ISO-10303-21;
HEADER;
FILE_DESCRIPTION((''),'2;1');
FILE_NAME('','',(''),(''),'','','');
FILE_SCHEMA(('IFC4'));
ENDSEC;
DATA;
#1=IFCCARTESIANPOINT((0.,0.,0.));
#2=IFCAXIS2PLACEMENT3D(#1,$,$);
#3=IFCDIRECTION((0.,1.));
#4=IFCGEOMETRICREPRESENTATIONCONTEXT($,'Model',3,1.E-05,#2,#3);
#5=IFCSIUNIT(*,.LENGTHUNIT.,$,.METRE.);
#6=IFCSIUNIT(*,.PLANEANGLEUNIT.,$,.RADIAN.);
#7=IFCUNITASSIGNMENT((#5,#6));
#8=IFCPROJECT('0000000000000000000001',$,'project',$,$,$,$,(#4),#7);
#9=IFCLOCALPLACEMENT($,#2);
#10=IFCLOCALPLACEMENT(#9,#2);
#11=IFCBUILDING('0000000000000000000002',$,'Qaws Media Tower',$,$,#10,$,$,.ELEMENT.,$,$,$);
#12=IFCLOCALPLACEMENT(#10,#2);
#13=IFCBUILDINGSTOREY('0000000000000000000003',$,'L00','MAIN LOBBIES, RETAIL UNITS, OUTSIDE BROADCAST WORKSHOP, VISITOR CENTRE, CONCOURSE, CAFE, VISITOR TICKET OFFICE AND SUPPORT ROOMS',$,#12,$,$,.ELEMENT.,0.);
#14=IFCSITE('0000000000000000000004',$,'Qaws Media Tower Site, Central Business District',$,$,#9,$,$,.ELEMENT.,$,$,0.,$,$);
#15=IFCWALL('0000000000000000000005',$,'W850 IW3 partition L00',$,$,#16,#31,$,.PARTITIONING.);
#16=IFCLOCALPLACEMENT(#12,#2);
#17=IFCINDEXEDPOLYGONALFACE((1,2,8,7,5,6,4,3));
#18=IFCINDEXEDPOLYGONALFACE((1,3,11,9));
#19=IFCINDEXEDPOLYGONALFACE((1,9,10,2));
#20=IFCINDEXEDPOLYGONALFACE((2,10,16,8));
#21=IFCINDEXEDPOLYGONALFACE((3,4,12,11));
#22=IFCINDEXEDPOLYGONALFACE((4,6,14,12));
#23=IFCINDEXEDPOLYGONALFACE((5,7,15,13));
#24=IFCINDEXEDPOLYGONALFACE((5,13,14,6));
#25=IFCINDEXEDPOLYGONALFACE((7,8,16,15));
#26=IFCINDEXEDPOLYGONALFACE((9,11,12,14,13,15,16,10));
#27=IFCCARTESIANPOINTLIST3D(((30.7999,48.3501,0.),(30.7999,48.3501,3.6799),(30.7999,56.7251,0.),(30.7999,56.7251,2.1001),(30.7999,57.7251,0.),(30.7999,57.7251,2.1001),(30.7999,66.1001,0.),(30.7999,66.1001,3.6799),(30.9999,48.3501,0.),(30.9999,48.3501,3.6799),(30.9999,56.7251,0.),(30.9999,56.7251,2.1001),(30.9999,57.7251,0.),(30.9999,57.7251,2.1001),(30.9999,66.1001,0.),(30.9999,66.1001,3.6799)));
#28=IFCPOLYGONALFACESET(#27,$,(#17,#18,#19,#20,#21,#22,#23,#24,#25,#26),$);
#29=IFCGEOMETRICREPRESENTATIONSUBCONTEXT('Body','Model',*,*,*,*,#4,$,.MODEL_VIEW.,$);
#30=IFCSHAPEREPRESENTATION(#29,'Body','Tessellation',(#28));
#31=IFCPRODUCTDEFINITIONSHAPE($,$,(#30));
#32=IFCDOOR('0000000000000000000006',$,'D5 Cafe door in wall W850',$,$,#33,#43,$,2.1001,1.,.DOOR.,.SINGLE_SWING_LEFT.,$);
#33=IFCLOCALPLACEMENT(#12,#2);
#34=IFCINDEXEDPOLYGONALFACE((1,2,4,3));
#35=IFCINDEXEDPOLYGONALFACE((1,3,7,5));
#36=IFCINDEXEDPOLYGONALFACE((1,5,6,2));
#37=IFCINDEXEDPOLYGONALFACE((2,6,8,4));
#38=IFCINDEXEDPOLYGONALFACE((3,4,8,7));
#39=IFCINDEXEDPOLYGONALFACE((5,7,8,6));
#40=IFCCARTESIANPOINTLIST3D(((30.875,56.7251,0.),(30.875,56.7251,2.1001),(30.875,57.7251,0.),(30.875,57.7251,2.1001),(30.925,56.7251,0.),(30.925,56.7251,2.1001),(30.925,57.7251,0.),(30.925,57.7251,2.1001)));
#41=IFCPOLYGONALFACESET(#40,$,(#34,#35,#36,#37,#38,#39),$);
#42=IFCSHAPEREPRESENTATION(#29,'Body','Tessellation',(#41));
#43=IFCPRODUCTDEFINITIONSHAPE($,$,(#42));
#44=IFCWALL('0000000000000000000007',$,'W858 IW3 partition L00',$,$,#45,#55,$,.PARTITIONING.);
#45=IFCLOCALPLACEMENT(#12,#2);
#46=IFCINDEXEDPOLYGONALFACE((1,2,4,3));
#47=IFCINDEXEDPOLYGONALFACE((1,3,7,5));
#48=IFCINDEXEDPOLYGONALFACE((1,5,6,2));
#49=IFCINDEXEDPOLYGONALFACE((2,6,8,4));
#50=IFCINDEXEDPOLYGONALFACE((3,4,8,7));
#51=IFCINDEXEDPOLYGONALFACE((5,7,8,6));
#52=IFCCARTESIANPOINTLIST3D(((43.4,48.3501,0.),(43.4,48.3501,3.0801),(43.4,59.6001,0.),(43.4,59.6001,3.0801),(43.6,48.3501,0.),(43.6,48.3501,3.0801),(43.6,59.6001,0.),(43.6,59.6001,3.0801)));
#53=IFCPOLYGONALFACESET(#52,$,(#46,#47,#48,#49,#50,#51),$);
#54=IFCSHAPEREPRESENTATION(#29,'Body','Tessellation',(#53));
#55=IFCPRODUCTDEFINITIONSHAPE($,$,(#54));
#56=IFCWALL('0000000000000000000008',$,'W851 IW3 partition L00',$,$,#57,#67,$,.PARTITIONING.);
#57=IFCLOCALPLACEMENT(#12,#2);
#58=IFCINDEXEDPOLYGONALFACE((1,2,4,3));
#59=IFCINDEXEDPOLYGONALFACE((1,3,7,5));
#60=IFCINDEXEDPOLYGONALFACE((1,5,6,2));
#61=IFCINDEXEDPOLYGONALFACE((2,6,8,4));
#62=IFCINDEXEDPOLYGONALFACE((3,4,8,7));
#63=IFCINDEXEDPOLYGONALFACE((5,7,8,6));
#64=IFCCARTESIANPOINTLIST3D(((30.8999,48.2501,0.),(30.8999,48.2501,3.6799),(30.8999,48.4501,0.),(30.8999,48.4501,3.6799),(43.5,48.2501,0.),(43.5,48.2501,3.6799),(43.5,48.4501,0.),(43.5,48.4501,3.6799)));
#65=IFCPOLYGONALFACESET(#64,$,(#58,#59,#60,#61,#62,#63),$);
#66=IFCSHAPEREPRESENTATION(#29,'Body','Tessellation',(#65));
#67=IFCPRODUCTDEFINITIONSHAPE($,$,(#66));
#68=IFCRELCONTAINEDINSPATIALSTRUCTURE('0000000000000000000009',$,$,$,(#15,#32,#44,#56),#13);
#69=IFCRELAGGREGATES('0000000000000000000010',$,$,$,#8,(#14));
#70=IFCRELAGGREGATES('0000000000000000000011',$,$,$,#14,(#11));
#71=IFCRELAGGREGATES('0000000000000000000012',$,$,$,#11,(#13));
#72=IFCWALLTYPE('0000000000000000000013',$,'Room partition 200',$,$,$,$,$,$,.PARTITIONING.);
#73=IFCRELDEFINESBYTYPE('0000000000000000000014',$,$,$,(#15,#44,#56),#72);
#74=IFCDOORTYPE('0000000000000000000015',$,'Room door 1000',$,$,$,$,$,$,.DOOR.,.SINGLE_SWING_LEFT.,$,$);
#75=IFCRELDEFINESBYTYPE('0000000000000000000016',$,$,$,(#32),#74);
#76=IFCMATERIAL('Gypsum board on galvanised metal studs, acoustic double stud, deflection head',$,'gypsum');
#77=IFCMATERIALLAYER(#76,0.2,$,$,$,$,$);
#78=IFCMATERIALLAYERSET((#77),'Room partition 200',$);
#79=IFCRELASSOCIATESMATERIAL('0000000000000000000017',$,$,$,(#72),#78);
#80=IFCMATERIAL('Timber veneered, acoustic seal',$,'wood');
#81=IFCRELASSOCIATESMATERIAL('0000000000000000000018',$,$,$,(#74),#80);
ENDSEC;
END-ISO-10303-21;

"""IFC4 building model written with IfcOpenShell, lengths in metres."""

from ifc_helpers import new_model, si_unit, direction, frame, frame_2d, origin, place, context, subcontext, project, spatial, rectangle, extrude, material, layer, layer_set, type_object, element, fill, save


model = new_model("IFC4")

# Units and contexts
model_context = context("Model", 3, precision=1e-05, world=origin(), true_north=direction((0.0, 1.0)))
body_context = subcontext(model_context, "Body", "Model", "MODEL_VIEW")
ifc_project = project(units=[si_unit("LENGTHUNIT", "METRE"), si_unit("PLANEANGLEUNIT", "RADIAN")], contexts=[model_context])

# Site, building, storey
site_placement = place(None, origin())
site = spatial("IfcSite", under=ifc_project, at=site_placement, Name="Qaws Media Tower Site, Central Business District", CompositionType="ELEMENT", RefElevation=0.0)
building_placement = place(site_placement, origin())
building = spatial("IfcBuilding", under=site, at=building_placement, Name="Qaws Media Tower", CompositionType="ELEMENT")
storey_placement = place(building_placement, origin())
storey = spatial("IfcBuildingStorey", under=building, at=storey_placement, Name="L00", Description="MAIN LOBBIES, RETAIL UNITS, OUTSIDE BROADCAST WORKSHOP, VISITOR CENTRE, CONCOURSE, CAFE, VISITOR TICKET OFFICE AND SUPPORT ROOMS", CompositionType="ELEMENT", Elevation=0.0)

# Wall, opening, door
ifc_material_1 = material(Name="Gypsum board on galvanised metal studs, acoustic double stud, deflection head", Category="gypsum")
ifc_layer_1 = layer(ifc_material_1, 0.2)
ifc_layer_set_1 = layer_set([ifc_layer_1], Name="Room partition 200")
wall_type_1 = type_object("IfcWallType", Name="Room partition 200", PredefinedType="PARTITIONING", material=ifc_layer_set_1)
wall_1_placement = place(storey_placement, frame((30.8999, 48.3501, 0.0), z_axis=(0.0, 0.0, 1.0), x_axis=(0.0, 1.0, 0.0)))
wall_1 = element("IfcWall", 1, at=wall_1_placement, inside=storey, type_object=wall_type_1, Name="W850 IW3 partition L00", PredefinedType="PARTITIONING", context=body_context, shape_type="SweptSolid", body=[
    extrude(rectangle(XDim=17.75, YDim=0.2, at=frame_2d((8.875, 0.0))), origin(), (0.0, 0.0, 1.0), 3.6799),
])
opening_placement = place(wall_1_placement, frame((8.375, 0.0, 0.0)))
opening = element("IfcOpeningElement", 2, at=opening_placement, cuts=wall_1, PredefinedType="OPENING", context=body_context, shape_type="SweptSolid", body=[
    extrude(rectangle(XDim=1.0, YDim=2.1001, at=frame_2d((0.5, 1.05))), frame((0.0, 0.1099, 0.0), z_axis=(0.0, -1.0, 0.0), x_axis=(1.0, 0.0, 0.0)), (0.0, 0.0, 1.0), 0.22),
])
ifc_material_2 = material(Name="Timber veneered, acoustic seal", Category="wood")
door_type = type_object("IfcDoorType", Name="Room door 1000", OperationType="SINGLE_SWING_LEFT", PredefinedType="DOOR", material=ifc_material_2)
door_placement = place(opening_placement, origin())
door = element("IfcDoor", 3, at=door_placement, inside=storey, type_object=door_type, Name="D5 Cafe door in wall W850", OperationType="SINGLE_SWING_LEFT", OverallHeight=2.1001, OverallWidth=1.0, PredefinedType="DOOR", context=body_context, shape_type="SweptSolid", body=[
    extrude(rectangle(XDim=1.0, YDim=2.1001, at=frame_2d((0.5, 1.05))), frame((0.0, 0.0249, 0.0), z_axis=(0.0, -1.0, 0.0), x_axis=(1.0, 0.0, 0.0)), (0.0, 0.0, 1.0), 0.05),
])
fill(opening, door)

# Walls
wall_2_placement = place(storey_placement, frame((43.5, 48.3501, 0.0), z_axis=(0.0, 0.0, 1.0), x_axis=(0.0, 1.0, 0.0)))
element("IfcWall", 4, at=wall_2_placement, inside=storey, type_object=wall_type_1, Name="W858 IW3 partition L00", PredefinedType="PARTITIONING", context=body_context, shape_type="SweptSolid", body=[
    extrude(rectangle(XDim=11.25, YDim=0.2, at=frame_2d((5.625, 0.0))), origin(), (0.0, 0.0, 1.0), 3.0801),
])
wall_3_placement = place(storey_placement, frame((30.8999, 48.3501, 0.0), z_axis=(0.0, 0.0, 1.0), x_axis=(1.0, 0.0, 0.0)))
element("IfcWall", 5, at=wall_3_placement, inside=storey, type_object=wall_type_1, Name="W851 IW3 partition L00", PredefinedType="PARTITIONING", context=body_context, shape_type="SweptSolid", body=[
    extrude(rectangle(XDim=12.6001, YDim=0.2, at=frame_2d((6.3, 0.0))), origin(), (0.0, 0.0, 1.0), 3.6799),
])

save(model, "model.ifc")
